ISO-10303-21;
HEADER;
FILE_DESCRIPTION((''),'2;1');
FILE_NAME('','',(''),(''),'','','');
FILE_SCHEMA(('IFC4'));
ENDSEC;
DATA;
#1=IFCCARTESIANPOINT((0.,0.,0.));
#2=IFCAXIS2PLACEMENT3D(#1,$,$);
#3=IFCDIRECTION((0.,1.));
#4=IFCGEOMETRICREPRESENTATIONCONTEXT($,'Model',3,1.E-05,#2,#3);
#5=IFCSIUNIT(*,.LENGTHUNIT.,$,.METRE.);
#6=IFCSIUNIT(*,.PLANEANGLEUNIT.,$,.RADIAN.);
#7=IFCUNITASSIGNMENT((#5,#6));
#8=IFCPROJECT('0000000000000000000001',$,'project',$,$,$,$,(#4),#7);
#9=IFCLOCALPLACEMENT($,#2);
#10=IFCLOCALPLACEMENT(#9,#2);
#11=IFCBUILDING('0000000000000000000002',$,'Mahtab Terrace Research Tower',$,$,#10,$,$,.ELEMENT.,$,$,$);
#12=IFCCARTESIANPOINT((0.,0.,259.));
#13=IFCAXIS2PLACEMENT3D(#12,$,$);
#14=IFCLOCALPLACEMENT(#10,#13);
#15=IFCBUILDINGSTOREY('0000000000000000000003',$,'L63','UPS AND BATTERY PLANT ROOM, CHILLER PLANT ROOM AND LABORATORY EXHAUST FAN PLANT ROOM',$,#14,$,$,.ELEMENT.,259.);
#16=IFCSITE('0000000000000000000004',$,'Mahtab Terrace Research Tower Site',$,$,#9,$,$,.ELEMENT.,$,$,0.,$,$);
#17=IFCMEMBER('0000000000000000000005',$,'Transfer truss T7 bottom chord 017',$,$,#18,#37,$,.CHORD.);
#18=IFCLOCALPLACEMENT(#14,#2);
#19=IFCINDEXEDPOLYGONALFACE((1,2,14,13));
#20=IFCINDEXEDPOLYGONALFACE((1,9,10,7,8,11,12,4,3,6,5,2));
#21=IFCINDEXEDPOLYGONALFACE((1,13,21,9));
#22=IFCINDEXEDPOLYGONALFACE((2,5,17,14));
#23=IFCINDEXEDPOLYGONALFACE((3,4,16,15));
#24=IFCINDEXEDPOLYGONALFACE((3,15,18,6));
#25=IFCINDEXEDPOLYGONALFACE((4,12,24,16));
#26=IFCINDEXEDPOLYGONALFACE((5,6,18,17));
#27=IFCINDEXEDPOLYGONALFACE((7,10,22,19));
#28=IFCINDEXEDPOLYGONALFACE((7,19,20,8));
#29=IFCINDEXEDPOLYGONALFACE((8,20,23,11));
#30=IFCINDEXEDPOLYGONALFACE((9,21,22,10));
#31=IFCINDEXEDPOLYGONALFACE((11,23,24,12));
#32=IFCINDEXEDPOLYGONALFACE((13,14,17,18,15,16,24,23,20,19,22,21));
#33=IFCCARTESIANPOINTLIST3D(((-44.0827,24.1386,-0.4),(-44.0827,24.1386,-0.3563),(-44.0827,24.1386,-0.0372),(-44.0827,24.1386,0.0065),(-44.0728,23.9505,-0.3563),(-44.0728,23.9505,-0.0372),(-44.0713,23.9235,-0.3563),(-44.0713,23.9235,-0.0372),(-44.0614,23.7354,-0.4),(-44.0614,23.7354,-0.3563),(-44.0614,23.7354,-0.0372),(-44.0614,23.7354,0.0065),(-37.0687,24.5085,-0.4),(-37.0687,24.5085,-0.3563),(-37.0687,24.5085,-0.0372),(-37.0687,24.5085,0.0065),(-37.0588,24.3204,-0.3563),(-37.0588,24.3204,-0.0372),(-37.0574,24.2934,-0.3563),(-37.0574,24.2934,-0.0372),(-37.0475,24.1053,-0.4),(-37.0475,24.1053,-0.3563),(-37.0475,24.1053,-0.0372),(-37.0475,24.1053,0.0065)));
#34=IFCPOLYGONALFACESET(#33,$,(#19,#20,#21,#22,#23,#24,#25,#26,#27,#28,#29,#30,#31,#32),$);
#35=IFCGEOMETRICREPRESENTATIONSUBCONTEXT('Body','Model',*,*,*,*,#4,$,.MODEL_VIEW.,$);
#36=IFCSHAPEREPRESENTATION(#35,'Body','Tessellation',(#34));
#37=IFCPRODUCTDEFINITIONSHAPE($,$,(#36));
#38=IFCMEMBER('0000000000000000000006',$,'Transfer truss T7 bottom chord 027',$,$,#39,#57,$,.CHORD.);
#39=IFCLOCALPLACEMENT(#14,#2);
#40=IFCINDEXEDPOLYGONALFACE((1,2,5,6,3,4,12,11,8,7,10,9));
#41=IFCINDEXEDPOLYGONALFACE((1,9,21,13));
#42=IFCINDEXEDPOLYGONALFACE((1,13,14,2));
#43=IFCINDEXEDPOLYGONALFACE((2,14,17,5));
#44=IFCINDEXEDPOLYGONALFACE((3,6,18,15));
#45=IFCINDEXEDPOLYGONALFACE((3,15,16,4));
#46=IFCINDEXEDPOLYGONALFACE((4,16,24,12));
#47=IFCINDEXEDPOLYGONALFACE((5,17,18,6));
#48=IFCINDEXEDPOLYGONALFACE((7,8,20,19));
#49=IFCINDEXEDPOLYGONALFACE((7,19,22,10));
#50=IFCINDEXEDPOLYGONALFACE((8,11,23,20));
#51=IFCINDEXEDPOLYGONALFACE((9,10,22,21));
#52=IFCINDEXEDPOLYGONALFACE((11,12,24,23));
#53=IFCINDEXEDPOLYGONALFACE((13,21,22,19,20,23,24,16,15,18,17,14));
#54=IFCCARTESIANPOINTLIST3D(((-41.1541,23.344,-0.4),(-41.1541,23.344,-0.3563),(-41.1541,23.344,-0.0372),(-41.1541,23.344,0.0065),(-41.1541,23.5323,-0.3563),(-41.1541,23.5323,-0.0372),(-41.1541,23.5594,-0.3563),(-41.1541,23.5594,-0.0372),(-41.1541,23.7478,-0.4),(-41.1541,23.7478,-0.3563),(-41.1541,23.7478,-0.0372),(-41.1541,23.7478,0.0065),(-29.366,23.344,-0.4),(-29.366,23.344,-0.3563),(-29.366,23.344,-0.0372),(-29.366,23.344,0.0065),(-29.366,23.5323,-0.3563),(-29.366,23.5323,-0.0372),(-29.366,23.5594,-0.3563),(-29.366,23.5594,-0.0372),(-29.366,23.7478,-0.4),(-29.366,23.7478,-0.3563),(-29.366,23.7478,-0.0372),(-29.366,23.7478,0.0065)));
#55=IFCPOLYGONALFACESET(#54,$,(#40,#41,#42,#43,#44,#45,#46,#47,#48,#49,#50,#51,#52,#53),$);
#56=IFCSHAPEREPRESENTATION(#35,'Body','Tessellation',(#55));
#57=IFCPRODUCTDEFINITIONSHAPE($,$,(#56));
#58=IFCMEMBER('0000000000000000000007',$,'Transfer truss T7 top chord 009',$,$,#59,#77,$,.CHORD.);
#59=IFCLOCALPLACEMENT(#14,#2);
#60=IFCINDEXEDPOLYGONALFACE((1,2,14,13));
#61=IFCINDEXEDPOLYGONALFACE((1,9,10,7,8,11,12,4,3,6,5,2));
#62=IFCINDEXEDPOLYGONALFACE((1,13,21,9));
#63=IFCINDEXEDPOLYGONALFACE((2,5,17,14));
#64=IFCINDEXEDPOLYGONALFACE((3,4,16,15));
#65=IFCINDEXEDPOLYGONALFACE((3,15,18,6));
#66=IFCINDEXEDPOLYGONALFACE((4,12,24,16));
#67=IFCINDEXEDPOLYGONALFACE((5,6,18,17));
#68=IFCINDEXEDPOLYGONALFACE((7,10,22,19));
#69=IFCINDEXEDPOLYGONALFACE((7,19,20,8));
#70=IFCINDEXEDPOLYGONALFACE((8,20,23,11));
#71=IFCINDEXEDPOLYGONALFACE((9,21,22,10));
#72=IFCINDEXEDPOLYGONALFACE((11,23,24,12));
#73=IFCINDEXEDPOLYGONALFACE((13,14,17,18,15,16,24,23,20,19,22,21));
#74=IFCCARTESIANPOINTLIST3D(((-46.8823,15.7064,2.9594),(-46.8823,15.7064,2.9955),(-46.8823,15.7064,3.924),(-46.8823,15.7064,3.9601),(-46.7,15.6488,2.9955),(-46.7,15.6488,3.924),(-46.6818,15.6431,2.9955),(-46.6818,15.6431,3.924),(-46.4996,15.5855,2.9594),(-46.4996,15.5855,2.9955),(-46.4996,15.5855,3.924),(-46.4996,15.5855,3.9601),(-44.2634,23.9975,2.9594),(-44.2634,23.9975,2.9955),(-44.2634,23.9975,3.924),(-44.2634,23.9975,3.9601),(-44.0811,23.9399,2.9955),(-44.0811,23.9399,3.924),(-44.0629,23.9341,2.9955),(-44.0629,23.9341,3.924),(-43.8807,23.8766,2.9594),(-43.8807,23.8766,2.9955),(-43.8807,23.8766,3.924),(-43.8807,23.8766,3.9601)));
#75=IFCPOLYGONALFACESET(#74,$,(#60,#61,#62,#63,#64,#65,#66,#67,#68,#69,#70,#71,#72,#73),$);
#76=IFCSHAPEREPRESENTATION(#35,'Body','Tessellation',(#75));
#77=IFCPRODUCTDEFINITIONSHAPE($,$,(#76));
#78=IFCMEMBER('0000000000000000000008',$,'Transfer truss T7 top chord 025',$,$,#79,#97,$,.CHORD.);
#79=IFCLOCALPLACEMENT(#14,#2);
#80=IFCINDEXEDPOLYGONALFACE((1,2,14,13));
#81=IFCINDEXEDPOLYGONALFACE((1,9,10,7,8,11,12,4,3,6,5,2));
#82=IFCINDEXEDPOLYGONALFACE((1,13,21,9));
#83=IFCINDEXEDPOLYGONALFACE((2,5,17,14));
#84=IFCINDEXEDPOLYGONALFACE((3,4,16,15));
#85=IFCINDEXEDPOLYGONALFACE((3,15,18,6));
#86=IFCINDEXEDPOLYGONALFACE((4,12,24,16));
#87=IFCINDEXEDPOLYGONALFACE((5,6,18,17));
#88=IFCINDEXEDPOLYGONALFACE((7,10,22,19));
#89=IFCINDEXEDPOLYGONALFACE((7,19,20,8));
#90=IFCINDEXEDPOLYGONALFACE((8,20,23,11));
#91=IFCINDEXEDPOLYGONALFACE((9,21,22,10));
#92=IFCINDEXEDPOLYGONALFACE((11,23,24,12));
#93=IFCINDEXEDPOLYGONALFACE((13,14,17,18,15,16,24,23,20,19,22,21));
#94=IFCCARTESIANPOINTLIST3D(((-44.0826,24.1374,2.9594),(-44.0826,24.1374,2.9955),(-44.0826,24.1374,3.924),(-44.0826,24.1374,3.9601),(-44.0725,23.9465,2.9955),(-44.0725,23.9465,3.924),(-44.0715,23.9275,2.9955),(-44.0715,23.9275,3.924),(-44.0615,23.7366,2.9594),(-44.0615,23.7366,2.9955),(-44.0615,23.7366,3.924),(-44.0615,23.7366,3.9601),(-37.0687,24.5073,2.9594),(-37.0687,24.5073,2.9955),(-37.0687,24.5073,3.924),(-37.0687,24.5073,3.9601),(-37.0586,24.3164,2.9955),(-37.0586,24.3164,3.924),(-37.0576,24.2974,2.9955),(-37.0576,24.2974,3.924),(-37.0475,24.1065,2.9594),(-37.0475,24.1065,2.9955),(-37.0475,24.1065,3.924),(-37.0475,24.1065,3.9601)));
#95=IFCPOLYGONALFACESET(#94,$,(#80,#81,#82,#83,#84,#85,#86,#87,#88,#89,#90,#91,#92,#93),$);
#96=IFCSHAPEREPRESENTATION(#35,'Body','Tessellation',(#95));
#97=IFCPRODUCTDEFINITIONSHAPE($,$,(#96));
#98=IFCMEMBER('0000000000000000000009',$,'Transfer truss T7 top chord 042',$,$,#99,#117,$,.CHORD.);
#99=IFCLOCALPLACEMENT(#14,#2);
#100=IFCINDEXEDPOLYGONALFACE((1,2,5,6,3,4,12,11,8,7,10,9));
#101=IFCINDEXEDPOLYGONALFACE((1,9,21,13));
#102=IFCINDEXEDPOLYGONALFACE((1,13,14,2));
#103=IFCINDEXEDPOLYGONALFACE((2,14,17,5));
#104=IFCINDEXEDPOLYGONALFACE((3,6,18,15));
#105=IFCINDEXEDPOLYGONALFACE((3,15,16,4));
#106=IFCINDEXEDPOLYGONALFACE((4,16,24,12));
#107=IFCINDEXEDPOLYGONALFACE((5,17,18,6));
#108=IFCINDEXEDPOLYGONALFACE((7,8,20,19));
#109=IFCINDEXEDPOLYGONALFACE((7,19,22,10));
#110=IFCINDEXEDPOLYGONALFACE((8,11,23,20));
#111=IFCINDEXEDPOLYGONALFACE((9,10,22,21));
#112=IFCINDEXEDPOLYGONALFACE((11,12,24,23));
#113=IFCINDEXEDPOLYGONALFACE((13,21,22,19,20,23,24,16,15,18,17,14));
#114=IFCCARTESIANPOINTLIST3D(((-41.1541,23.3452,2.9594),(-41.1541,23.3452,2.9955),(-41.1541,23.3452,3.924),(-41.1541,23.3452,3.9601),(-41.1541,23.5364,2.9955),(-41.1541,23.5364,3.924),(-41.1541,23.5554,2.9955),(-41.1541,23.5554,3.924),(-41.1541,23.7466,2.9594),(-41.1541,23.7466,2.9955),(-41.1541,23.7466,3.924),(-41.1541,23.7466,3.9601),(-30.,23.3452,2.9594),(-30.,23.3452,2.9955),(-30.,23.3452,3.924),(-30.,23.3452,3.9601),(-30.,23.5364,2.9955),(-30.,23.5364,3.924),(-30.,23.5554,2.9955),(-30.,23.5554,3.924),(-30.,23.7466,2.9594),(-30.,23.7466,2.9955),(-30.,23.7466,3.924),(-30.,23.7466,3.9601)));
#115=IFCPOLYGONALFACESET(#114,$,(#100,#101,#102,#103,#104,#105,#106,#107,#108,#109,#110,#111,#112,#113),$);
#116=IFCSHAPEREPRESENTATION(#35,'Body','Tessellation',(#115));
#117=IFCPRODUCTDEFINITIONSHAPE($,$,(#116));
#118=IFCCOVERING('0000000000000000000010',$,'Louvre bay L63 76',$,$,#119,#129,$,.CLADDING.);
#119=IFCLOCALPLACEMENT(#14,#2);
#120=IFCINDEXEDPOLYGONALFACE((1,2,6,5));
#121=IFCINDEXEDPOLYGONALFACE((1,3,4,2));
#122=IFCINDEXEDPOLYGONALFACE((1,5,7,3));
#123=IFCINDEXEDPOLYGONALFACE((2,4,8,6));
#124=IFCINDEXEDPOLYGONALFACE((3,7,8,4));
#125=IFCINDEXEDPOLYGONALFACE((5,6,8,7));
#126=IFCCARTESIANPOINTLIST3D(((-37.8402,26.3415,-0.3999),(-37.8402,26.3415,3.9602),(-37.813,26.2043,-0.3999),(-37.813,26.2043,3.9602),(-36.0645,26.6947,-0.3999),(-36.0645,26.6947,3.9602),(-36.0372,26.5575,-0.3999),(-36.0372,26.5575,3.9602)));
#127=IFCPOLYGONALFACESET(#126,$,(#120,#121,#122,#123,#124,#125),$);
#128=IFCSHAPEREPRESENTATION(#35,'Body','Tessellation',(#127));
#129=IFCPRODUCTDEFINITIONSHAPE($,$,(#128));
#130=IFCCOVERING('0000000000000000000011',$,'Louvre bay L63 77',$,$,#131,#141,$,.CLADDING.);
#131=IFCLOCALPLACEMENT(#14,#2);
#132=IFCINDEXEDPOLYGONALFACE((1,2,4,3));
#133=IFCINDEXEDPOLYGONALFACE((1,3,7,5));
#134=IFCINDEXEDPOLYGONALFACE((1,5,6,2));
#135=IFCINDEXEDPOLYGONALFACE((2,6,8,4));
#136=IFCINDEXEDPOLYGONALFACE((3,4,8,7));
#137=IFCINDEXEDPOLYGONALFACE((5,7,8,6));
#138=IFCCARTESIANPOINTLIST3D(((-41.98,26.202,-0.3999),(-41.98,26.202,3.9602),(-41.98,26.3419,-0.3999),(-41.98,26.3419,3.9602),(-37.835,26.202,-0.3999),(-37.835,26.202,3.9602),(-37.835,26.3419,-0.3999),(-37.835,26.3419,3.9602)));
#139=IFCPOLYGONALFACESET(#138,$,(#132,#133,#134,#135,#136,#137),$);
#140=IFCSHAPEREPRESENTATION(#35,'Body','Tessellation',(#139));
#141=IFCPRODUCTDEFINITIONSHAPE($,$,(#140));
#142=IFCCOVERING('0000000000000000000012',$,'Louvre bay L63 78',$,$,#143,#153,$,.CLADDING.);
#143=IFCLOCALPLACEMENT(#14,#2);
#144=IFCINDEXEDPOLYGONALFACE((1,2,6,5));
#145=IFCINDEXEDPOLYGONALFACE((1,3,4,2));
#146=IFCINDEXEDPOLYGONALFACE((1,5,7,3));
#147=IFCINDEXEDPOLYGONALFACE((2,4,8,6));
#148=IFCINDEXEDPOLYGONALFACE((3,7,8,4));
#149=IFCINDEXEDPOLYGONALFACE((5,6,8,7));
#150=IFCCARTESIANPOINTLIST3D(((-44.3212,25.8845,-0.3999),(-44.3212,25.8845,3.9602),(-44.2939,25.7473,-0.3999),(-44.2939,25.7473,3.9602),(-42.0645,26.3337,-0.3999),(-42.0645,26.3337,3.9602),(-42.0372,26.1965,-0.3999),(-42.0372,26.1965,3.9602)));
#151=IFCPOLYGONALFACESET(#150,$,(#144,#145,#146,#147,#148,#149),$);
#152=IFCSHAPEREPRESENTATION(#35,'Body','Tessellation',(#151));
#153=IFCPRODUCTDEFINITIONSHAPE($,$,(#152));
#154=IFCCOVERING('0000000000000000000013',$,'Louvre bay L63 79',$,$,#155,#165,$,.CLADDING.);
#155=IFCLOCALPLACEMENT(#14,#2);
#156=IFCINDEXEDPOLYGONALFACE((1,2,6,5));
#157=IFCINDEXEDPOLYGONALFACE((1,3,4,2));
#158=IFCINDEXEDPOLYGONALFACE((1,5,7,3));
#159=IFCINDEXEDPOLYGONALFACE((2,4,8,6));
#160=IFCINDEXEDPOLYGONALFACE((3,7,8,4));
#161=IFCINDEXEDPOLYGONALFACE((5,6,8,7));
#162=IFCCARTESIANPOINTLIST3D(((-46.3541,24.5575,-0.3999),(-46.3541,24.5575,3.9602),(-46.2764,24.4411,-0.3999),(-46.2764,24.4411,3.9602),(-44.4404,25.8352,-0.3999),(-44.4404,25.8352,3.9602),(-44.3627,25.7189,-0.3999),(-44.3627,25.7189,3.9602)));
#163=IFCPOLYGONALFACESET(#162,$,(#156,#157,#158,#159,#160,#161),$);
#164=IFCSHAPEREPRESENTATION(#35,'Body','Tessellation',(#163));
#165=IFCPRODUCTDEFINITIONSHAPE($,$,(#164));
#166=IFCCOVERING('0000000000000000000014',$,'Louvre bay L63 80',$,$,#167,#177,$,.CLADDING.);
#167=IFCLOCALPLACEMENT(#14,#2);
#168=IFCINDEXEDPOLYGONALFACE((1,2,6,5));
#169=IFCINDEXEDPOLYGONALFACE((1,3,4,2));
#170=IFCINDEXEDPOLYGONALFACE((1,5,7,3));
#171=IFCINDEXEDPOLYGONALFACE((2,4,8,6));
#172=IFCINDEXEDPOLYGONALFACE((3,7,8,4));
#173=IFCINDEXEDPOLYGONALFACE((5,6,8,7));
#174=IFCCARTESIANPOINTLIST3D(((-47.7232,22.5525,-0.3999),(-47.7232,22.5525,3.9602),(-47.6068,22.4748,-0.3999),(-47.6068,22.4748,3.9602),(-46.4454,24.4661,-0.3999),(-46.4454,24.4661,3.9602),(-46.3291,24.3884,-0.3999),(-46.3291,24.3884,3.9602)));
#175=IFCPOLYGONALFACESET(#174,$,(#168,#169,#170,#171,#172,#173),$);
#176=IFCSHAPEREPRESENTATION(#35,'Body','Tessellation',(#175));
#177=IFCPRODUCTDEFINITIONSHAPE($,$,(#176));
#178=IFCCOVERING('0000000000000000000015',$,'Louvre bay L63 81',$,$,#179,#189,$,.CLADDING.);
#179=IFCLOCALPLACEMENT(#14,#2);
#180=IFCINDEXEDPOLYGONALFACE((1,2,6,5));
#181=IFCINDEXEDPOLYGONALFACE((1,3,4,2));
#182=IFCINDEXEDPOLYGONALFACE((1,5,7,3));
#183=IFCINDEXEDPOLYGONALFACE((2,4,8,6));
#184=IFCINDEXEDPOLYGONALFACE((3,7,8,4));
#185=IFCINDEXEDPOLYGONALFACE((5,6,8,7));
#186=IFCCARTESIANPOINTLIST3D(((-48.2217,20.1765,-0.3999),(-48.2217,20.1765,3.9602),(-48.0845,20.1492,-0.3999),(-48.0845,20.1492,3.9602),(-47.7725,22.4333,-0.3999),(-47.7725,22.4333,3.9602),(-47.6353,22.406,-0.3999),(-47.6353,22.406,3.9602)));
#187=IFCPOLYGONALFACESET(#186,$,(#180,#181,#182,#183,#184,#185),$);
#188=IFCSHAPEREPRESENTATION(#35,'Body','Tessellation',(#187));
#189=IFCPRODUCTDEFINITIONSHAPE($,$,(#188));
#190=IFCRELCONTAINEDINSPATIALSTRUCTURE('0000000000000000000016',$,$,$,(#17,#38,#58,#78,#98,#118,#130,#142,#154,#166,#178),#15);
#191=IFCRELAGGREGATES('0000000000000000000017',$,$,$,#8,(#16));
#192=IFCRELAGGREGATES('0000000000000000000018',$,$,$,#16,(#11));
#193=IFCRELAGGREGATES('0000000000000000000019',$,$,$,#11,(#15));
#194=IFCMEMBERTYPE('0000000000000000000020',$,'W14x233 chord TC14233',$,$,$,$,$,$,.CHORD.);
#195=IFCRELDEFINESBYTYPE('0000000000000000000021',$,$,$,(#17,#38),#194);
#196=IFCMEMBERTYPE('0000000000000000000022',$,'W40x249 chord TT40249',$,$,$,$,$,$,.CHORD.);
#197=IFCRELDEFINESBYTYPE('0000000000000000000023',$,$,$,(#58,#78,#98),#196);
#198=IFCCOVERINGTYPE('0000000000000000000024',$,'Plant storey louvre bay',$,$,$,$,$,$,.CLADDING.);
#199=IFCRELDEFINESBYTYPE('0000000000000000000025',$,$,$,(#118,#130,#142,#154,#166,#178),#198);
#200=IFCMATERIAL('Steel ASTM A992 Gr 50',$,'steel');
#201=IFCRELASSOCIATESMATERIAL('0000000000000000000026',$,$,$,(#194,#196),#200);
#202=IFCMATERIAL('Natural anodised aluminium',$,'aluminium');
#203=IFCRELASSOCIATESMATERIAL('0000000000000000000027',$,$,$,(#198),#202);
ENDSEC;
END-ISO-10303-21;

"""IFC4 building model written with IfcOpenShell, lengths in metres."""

from ifc_helpers import new_model, si_unit, direction, frame, origin, origin_2d, place, context, subcontext, project, spatial, rectangle, i_section, extrude, material, material_profile, profile_set, type_object, element, save


model = new_model("IFC4")

# Units and contexts
model_context = context("Model", 3, precision=1e-05, world=origin(), true_north=direction((0.0, 1.0)))
body_context = subcontext(model_context, "Body", "Model", "MODEL_VIEW")
ifc_project = project(units=[si_unit("LENGTHUNIT", "METRE"), si_unit("PLANEANGLEUNIT", "RADIAN")], contexts=[model_context])

# Site, building, storey
site_placement = place(None, origin())
site = spatial("IfcSite", under=ifc_project, at=site_placement, Name="Mahtab Terrace Research Tower Site", CompositionType="ELEMENT", RefElevation=0.0)
building_placement = place(site_placement, origin())
building = spatial("IfcBuilding", under=site, at=building_placement, Name="Mahtab Terrace Research Tower", CompositionType="ELEMENT")
storey_placement = place(building_placement, frame((0.0, 0.0, 259.0)))
storey = spatial("IfcBuildingStorey", under=building, at=storey_placement, Name="L63", Description="UPS AND BATTERY PLANT ROOM, CHILLER PLANT ROOM AND LABORATORY EXHAUST FAN PLANT ROOM", CompositionType="ELEMENT", Elevation=259.0)

# Members
ifc_material_1 = material(Name="Steel ASTM A992 Gr 50", Category="steel")
ifc_material_profile_1 = material_profile(ifc_material_1, i_section(OverallWidth=0.4038, OverallDepth=0.4065, WebThickness=0.0271, FlangeThickness=0.0437, at=origin_2d()), Name="W14X233")
ifc_profile_set_1 = profile_set([ifc_material_profile_1], Name="Steel ASTM A992 Gr 50")
member_type_1 = type_object("IfcMemberType", Name="W14x233 chord TC14233", PredefinedType="CHORD", material=ifc_profile_set_1)
member_1_placement = place(storey_placement, frame((-37.0581, 24.3069, -0.1968), z_axis=(-0.998612, -0.052661, 0.0), x_axis=(0.052661, -0.998612, 0.0)))
element("IfcMember", 1, at=member_1_placement, inside=storey, type_object=member_type_1, Name="Transfer truss T7 bottom chord 017", PredefinedType="CHORD", context=body_context, shape_type="SweptSolid", body=[
    extrude(i_section(OverallWidth=0.4038, OverallDepth=0.4065, WebThickness=0.0271, FlangeThickness=0.0437, at=origin_2d()), origin(), (0.0, 0.0, 1.0), 7.0237),
])
member_2_placement = place(storey_placement, frame((-41.1541, 23.5459, -0.1968), z_axis=(1.0, 0.0, 0.0), x_axis=(0.0, 1.0, 0.0)))
element("IfcMember", 2, at=member_2_placement, inside=storey, type_object=member_type_1, Name="Transfer truss T7 bottom chord 027", PredefinedType="CHORD", context=body_context, shape_type="SweptSolid", body=[
    extrude(i_section(OverallWidth=0.4038, OverallDepth=0.4065, WebThickness=0.0271, FlangeThickness=0.0437, at=origin_2d()), origin(), (0.0, 0.0, 1.0), 11.7881),
])
ifc_material_profile_2 = material_profile(ifc_material_1, i_section(OverallWidth=0.4014, OverallDepth=1.0007, WebThickness=0.019, FlangeThickness=0.0361, at=origin_2d()), Name="W40X249")
ifc_profile_set_2 = profile_set([ifc_material_profile_2], Name="Steel ASTM A992 Gr 50")
member_type_2 = type_object("IfcMemberType", Name="W40x249 chord TT40249", PredefinedType="CHORD", material=ifc_profile_set_2)
member_3_placement = place(storey_placement, frame((-44.072, 23.937, 3.4597), z_axis=(-0.301203, -0.95356, 0.0), x_axis=(0.95356, -0.301203, 0.0)))
element("IfcMember", 3, at=member_3_placement, inside=storey, type_object=member_type_2, Name="Transfer truss T7 top chord 009", PredefinedType="CHORD", context=body_context, shape_type="SweptSolid", body=[
    extrude(i_section(OverallWidth=0.4014, OverallDepth=1.0007, WebThickness=0.019, FlangeThickness=0.0361, at=origin_2d()), origin(), (0.0, 0.0, 1.0), 8.6948),
])
member_4_placement = place(storey_placement, frame((-37.0581, 24.3069, 3.4597), z_axis=(-0.998612, -0.052661, 0.0), x_axis=(0.052661, -0.998612, 0.0)))
element("IfcMember", 4, at=member_4_placement, inside=storey, type_object=member_type_2, Name="Transfer truss T7 top chord 025", PredefinedType="CHORD", context=body_context, shape_type="SweptSolid", body=[
    extrude(i_section(OverallWidth=0.4014, OverallDepth=1.0007, WebThickness=0.019, FlangeThickness=0.0361, at=origin_2d()), origin(), (0.0, 0.0, 1.0), 7.0237),
])
member_5_placement = place(storey_placement, frame((-41.1541, 23.5459, 3.4597), z_axis=(1.0, 0.0, 0.0), x_axis=(0.0, 1.0, 0.0)))
element("IfcMember", 5, at=member_5_placement, inside=storey, type_object=member_type_2, Name="Transfer truss T7 top chord 042", PredefinedType="CHORD", context=body_context, shape_type="SweptSolid", body=[
    extrude(i_section(OverallWidth=0.4014, OverallDepth=1.0007, WebThickness=0.019, FlangeThickness=0.0361, at=origin_2d()), origin(), (0.0, 0.0, 1.0), 11.1541),
])

# Coverings
ifc_material_2 = material(Name="Natural anodised aluminium", Category="aluminium")
covering_type = type_object("IfcCoveringType", Name="Plant storey louvre bay", PredefinedType="CLADDING", material=ifc_material_2)
covering_1_placement = place(storey_placement, frame((-36.9387, 26.4495, -0.3999), z_axis=(0.0, 0.0, 1.0), x_axis=(-0.980788, -0.195077, 0.0)))
element("IfcCovering", 6, at=covering_1_placement, inside=storey, type_object=covering_type, Name="Louvre bay L63 76", PredefinedType="CLADDING", context=body_context, shape_type="SweptSolid", body=[
    extrude(rectangle(XDim=1.8105, YDim=0.1399, at=origin_2d()), origin(), (0.0, 0.0, 1.0), 4.3601),
])
covering_2_placement = place(storey_placement, frame((-39.9075, 26.272, -0.3999), z_axis=(0.0, 0.0, 1.0), x_axis=(-1.0, 0.0, 0.0)))
element("IfcCovering", 7, at=covering_2_placement, inside=storey, type_object=covering_type, Name="Louvre bay L63 77", PredefinedType="CLADDING", context=body_context, shape_type="SweptSolid", body=[
    extrude(rectangle(XDim=4.145, YDim=0.1399, at=origin_2d()), origin(), (0.0, 0.0, 1.0), 4.3601),
])
for number, where, z_axis, x_axis, name in (
    (8, (-43.1792, 26.0405, -0.3999), (0.0, 0.0, 1.0), (-0.980761, -0.195212, 0.0), "Louvre bay L63 78"),
    (9, (-45.3584, 25.1382, -0.3999), (0.0, 0.0, 1.0), (-0.831656, -0.555291, 0.0), "Louvre bay L63 79"),
    (10, (-47.0261, 23.4705, -0.3999), (0.0, 0.0, 1.0), (-0.555291, -0.831656, 0.0), "Louvre bay L63 80"),
    (11, (-47.9285, 21.2913, -0.3999), (0.0, 0.0, 1.0), (-0.195212, -0.980761, 0.0), "Louvre bay L63 81"),
):
    element("IfcCovering", number, at=place(storey_placement, frame(where, z_axis=z_axis, x_axis=x_axis)), inside=storey, type_object=covering_type, Name=name, PredefinedType="CLADDING", context=body_context, shape_type="SweptSolid", body=[
        extrude(rectangle(XDim=2.301, YDim=0.1399, at=origin_2d()), origin(), (0.0, 0.0, 1.0), 4.3601),
    ])

save(model, "model.ifc")
